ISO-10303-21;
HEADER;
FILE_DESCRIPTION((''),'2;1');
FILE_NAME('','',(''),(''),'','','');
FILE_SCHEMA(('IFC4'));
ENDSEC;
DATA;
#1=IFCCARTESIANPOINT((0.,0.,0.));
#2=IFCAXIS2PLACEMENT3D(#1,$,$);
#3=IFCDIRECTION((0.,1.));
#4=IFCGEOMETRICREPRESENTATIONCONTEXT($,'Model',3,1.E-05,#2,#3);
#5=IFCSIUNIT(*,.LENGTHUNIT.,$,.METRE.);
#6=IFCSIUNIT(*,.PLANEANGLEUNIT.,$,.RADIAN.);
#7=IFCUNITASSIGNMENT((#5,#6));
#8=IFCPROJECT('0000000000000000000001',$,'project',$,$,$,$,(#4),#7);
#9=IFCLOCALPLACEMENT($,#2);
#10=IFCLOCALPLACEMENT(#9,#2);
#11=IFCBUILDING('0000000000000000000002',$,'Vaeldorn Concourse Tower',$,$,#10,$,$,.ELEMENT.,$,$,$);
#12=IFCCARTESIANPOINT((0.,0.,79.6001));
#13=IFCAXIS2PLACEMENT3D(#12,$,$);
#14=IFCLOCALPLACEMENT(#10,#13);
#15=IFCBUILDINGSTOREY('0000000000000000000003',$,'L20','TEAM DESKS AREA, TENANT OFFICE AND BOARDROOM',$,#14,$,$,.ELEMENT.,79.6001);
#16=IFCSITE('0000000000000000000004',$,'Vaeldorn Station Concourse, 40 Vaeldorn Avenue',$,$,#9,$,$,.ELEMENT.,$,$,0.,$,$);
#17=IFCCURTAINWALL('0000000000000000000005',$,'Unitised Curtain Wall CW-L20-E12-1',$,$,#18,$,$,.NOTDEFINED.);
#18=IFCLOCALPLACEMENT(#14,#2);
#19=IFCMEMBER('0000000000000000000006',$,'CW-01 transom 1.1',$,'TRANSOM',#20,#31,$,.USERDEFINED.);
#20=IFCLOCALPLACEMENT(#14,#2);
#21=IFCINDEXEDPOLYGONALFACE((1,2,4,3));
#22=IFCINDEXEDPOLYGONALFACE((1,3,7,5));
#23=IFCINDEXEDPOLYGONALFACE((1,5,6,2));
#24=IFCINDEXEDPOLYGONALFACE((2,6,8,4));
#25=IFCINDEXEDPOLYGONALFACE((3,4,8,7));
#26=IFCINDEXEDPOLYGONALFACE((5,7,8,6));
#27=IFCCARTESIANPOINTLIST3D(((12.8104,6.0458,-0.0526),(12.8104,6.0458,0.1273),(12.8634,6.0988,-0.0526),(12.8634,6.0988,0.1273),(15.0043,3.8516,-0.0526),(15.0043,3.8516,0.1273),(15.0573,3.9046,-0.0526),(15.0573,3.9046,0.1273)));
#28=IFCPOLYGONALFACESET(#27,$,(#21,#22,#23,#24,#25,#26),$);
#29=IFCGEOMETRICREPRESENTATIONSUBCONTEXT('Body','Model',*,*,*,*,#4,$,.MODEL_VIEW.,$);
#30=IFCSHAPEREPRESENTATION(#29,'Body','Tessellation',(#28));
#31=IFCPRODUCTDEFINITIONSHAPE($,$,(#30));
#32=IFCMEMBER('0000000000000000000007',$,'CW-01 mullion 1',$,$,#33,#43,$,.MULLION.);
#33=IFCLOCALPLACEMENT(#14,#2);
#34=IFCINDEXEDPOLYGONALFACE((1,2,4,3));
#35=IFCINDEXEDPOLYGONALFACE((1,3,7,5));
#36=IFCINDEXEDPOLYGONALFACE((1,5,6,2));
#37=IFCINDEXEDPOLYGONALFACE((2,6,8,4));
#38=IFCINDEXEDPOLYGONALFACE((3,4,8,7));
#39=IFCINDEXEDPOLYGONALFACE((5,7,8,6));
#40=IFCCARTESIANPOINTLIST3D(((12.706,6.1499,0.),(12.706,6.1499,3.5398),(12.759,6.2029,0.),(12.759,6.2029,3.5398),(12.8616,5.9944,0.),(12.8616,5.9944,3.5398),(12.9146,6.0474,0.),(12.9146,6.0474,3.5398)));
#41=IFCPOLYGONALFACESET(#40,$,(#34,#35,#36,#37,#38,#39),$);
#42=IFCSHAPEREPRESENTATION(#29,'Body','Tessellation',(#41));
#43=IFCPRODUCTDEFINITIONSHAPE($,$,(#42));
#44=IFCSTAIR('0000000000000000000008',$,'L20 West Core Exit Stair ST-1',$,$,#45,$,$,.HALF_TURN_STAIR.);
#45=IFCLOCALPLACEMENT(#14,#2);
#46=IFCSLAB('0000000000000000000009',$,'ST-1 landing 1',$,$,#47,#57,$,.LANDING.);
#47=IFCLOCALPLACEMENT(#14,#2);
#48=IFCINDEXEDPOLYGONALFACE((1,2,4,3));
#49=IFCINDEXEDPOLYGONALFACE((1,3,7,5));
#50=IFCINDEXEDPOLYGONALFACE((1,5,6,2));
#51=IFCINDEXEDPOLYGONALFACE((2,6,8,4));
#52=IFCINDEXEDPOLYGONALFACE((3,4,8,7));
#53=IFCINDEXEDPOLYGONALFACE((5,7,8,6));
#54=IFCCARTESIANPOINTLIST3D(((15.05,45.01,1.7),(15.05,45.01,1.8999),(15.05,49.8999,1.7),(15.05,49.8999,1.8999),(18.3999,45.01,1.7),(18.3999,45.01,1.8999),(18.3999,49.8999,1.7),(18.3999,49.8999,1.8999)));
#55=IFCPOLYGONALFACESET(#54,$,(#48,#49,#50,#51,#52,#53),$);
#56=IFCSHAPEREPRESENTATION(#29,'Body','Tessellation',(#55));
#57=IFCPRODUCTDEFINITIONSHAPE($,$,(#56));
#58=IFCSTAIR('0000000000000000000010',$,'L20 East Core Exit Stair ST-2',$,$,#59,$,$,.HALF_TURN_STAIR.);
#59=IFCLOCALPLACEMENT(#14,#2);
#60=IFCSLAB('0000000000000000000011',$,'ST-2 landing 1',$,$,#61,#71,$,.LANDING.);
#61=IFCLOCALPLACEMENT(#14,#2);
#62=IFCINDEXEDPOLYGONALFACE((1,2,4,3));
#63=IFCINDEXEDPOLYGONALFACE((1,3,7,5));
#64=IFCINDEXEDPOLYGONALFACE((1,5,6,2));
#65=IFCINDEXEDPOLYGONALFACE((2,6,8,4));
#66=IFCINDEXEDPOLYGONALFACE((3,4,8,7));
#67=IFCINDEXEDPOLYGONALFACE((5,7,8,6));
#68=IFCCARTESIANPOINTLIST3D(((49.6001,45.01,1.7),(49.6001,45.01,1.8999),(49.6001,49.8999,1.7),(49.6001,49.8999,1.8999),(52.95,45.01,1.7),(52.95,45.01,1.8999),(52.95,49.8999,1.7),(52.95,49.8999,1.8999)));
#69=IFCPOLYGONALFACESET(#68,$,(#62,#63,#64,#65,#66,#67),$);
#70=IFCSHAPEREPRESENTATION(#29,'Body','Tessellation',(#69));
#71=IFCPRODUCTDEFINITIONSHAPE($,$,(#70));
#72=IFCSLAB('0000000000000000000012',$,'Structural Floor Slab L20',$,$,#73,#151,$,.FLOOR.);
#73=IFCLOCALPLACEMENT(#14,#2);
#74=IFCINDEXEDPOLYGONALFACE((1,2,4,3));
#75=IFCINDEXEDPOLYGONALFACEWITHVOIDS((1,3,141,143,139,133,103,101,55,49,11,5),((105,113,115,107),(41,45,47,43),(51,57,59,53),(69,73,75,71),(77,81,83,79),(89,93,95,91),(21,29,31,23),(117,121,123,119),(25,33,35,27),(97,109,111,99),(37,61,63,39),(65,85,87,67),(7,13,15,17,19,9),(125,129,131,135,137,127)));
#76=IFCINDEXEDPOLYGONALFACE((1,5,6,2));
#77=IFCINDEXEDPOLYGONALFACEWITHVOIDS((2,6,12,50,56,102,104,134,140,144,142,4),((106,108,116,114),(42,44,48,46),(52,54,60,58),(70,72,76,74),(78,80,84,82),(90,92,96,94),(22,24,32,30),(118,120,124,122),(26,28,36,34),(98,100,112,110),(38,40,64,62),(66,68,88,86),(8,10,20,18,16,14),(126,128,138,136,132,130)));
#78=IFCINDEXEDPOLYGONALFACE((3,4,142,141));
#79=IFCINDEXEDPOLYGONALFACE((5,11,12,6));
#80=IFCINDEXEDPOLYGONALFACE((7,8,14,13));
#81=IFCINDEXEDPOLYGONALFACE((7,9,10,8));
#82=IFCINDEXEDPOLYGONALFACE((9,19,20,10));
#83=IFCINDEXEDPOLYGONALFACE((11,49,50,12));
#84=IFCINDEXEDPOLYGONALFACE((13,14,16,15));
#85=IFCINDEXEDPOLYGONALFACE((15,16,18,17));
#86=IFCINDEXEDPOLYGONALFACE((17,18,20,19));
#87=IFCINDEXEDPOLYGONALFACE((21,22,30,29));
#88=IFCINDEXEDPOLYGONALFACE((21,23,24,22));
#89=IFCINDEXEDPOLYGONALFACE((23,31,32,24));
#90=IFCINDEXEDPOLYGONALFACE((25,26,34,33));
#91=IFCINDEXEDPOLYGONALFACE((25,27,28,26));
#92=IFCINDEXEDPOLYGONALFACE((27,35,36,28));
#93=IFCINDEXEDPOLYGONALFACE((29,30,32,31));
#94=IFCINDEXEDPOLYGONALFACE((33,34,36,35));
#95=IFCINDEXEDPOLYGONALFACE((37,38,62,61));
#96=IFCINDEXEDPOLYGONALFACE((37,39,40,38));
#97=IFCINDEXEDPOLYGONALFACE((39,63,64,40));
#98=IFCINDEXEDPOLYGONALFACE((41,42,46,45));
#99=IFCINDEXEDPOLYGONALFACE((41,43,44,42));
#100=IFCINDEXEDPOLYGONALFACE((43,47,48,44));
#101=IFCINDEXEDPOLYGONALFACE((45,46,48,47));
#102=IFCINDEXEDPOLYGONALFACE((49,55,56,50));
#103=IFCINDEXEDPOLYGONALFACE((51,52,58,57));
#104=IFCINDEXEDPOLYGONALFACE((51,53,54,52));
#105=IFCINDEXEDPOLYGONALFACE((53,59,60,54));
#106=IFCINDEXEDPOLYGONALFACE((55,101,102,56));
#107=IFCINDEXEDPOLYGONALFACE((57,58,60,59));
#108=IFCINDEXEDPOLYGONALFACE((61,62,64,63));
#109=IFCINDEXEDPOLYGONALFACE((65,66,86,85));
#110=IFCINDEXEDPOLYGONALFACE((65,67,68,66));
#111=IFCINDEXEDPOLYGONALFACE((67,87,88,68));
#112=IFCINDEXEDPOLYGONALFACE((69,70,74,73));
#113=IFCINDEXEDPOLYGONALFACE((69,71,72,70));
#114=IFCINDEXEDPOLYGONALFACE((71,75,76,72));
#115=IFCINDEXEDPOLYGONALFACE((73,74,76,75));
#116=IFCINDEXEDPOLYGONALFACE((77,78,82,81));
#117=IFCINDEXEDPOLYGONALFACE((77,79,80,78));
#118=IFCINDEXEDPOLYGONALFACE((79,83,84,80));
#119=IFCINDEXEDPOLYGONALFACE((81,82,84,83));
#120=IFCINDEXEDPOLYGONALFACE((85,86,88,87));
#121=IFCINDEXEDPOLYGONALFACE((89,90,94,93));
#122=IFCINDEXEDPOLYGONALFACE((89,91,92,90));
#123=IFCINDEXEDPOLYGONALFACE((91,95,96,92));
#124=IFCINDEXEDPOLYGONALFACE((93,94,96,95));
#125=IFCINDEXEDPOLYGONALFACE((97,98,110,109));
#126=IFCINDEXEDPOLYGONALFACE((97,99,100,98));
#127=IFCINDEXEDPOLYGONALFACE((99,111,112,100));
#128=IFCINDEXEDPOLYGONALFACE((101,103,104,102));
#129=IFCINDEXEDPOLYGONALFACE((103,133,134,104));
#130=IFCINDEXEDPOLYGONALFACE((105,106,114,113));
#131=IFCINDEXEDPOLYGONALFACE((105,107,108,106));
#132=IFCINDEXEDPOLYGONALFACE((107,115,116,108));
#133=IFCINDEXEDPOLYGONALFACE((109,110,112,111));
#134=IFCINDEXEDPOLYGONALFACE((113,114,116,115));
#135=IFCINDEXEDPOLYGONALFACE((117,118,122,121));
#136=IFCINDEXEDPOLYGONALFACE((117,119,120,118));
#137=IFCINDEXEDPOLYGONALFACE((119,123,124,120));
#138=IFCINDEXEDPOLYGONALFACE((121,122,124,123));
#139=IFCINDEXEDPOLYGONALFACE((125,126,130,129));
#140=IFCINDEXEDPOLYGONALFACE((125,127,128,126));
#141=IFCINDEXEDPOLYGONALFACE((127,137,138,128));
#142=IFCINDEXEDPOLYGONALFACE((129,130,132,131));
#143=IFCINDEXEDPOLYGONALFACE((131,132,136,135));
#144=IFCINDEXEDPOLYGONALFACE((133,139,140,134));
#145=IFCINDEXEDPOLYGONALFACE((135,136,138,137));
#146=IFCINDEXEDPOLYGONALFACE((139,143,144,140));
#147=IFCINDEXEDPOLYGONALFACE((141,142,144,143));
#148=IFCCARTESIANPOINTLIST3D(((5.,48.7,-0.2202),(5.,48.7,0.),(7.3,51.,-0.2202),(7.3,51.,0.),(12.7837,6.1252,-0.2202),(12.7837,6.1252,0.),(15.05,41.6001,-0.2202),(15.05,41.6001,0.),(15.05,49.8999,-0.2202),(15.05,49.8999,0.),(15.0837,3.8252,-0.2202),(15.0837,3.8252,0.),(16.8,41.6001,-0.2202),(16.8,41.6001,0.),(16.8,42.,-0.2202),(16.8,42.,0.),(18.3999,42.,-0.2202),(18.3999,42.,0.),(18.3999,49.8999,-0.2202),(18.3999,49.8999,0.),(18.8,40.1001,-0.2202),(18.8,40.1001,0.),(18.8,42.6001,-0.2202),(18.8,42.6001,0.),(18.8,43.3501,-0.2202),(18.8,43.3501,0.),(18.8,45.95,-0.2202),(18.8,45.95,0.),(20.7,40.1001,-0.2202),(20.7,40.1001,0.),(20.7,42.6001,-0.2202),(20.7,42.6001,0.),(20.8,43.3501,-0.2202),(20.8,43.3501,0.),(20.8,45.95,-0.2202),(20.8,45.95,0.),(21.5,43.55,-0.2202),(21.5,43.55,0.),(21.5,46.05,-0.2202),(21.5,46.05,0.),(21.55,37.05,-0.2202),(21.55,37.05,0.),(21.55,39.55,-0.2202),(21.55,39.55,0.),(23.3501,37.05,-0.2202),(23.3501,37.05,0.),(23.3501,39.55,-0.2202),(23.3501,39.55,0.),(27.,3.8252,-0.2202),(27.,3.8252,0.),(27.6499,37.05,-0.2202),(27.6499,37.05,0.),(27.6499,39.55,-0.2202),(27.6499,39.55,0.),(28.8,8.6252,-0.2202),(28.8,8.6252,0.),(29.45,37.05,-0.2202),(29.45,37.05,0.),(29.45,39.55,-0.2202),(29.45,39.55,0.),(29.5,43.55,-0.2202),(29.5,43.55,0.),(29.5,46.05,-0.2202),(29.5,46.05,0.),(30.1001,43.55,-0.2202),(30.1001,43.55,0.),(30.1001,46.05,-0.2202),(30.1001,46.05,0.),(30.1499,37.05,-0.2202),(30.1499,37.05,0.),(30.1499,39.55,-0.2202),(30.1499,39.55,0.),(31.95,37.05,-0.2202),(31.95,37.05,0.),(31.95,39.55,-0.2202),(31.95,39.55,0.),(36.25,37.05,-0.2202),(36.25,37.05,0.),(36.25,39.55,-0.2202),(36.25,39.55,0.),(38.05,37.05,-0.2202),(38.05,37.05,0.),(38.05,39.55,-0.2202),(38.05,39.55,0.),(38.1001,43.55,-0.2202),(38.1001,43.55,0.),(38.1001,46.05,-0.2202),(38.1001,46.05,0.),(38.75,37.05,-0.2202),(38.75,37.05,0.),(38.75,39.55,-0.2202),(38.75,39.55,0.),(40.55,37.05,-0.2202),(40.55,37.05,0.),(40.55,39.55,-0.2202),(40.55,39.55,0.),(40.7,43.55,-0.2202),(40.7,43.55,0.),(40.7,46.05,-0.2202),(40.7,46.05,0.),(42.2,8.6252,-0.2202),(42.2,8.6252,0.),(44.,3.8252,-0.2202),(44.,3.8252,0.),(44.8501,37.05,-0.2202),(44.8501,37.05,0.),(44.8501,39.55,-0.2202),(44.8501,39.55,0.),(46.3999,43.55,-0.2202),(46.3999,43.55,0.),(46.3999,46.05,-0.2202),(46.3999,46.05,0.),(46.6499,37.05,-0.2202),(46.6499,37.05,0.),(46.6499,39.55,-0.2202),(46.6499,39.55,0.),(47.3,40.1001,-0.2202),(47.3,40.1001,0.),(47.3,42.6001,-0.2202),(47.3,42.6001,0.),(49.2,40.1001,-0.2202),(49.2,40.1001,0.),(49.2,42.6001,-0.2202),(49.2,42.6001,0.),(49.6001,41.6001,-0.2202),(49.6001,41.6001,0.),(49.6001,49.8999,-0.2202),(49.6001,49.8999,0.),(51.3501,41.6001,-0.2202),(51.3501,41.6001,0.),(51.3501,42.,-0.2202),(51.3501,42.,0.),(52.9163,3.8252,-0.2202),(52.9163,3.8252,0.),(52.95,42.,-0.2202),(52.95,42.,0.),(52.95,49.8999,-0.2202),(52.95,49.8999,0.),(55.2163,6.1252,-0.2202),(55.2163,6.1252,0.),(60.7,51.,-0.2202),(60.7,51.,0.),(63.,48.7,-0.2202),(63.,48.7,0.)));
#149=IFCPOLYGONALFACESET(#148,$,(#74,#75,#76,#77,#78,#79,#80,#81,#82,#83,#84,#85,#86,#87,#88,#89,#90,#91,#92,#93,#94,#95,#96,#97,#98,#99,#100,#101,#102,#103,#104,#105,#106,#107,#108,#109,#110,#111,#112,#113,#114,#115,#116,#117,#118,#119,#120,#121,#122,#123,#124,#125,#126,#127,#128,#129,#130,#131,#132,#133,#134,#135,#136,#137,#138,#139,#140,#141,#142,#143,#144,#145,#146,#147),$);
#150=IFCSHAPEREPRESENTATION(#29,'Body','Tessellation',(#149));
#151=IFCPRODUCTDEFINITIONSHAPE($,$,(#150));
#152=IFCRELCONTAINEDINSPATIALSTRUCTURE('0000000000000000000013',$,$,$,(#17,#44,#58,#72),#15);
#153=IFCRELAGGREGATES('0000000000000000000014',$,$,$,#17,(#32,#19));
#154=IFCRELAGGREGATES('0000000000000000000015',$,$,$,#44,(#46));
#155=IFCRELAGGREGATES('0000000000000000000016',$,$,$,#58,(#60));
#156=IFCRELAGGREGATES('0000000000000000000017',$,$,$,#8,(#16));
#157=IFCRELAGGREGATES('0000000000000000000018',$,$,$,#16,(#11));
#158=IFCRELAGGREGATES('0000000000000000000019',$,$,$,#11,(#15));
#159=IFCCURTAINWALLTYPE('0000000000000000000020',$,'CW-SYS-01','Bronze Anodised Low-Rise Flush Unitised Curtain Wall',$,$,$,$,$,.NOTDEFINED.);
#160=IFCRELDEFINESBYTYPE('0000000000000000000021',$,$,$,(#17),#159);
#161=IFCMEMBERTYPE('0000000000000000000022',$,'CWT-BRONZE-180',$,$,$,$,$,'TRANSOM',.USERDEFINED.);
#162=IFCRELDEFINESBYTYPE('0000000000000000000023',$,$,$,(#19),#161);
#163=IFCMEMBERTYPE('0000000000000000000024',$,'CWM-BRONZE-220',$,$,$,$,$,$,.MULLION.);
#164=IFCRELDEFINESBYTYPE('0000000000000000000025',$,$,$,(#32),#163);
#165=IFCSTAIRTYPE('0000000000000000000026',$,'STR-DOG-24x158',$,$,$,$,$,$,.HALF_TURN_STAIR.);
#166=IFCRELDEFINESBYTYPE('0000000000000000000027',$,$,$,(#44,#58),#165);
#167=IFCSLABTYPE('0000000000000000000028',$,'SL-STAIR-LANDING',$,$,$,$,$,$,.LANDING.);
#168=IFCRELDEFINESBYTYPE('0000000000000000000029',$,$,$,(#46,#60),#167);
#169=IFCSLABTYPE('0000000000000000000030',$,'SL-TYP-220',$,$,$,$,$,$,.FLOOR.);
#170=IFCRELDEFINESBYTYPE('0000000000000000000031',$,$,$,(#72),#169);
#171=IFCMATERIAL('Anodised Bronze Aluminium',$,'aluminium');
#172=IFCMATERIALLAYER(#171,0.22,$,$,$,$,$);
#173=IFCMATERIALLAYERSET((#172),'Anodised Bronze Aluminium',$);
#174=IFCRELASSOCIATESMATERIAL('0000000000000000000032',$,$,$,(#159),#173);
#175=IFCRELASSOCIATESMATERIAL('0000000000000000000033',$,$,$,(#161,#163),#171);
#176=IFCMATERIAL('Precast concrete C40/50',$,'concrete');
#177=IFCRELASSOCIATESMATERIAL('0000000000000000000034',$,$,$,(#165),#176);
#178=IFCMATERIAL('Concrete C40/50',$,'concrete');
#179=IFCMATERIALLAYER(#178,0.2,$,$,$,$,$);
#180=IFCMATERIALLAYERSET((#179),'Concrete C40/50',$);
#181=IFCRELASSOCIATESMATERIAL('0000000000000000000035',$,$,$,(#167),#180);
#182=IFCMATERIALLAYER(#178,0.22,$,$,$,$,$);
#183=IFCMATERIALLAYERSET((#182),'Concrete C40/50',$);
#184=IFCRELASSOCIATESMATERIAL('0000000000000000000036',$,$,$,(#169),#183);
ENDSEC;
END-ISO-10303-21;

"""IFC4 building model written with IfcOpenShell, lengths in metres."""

from ifc_helpers import new_model, si_unit, direction, frame, origin, origin_2d, place, context, subcontext, project, spatial, polyline, rectangle, outline, extrude, source, transform, mapped, material, layer, layer_set, material_profile, profile_set, type_object, element, aggregate, save


model = new_model("IFC4")

# Units and contexts
model_context = context("Model", 3, precision=1e-05, world=origin(), true_north=direction((0.0, 1.0)))
body_context = subcontext(model_context, "Body", "Model", "MODEL_VIEW")
ifc_project = project(units=[si_unit("LENGTHUNIT", "METRE"), si_unit("PLANEANGLEUNIT", "RADIAN")], contexts=[model_context])

# Site, building, storey
site_placement = place(None, origin())
site = spatial("IfcSite", under=ifc_project, at=site_placement, Name="Vaeldorn Station Concourse, 40 Vaeldorn Avenue", CompositionType="ELEMENT", RefElevation=0.0)
building_placement = place(site_placement, origin())
building = spatial("IfcBuilding", under=site, at=building_placement, Name="Vaeldorn Concourse Tower", CompositionType="ELEMENT")
storey_placement = place(building_placement, frame((0.0, 0.0, 79.6001)))
storey = spatial("IfcBuildingStorey", under=building, at=storey_placement, Name="L20", Description="TEAM DESKS AREA, TENANT OFFICE AND BOARDROOM", CompositionType="ELEMENT", Elevation=79.6001)

# Curtain wall, members
ifc_material_1 = material(Name="Anodised Bronze Aluminium", Category="aluminium")
ifc_layer_1 = layer(ifc_material_1, 0.22)
ifc_layer_set_1 = layer_set([ifc_layer_1], Name="Anodised Bronze Aluminium")
curtain_wall_type = type_object("IfcCurtainWallType", Name="CW-SYS-01", Description="Bronze Anodised Low-Rise Flush Unitised Curtain Wall", PredefinedType="NOTDEFINED", material=ifc_layer_set_1)
curtain_wall_placement = place(storey_placement, origin())
curtain_wall = element("IfcCurtainWall", 1, at=curtain_wall_placement, inside=storey, type_object=curtain_wall_type, Name="Unitised Curtain Wall CW-L20-E12-1", PredefinedType="NOTDEFINED")
ifc_material_profile_1 = material_profile(ifc_material_1, rectangle(XDim=0.075, YDim=0.1799, at=origin_2d()), Name="CWT 75x180")
ifc_profile_set_1 = profile_set([ifc_material_profile_1], Name="Anodised Bronze Aluminium")
member_type_1 = type_object("IfcMemberType", Name="CWT-BRONZE-180", ElementType="TRANSOM", PredefinedType="USERDEFINED", material=ifc_profile_set_1)
shared_shape_1 = source(origin(), body_context, "Body", "SweptSolid", [
    extrude(rectangle(XDim=0.075, YDim=0.1799, at=origin_2d()), origin(), (0.0, 0.0, 1.0), 3.1028),
])
member_1_placement = place(storey_placement, frame((12.8369, 6.0723, 0.0374), z_axis=(0.707067, -0.707146, 0.0), x_axis=(0.707146, 0.707067, 0.0)))
member_1 = element("IfcMember", 2, at=member_1_placement, type_object=member_type_1, Name="CW-01 transom 1.1", ObjectType="TRANSOM", PredefinedType="USERDEFINED", context=body_context, shape_type="MappedRepresentation", body=[
    mapped(shared_shape_1, transform((0.0, 0.0, 0.0), scale=1.0)),
])
ifc_material_profile_2 = material_profile(ifc_material_1, rectangle(XDim=0.075, YDim=0.22, at=origin_2d()), Name="CWM 75x220")
ifc_profile_set_2 = profile_set([ifc_material_profile_2], Name="Anodised Bronze Aluminium")
member_type_2 = type_object("IfcMemberType", Name="CWM-BRONZE-220", PredefinedType="MULLION", material=ifc_profile_set_2)
shared_shape_2 = source(origin(), body_context, "Body", "SweptSolid", [
    extrude(rectangle(XDim=0.075, YDim=0.22, at=origin_2d()), origin(), (0.0, 0.0, 1.0), 3.5398),
])
member_2_placement = place(storey_placement, frame((12.8103, 6.0986, 0.0), z_axis=(0.0, 0.0, 1.0), x_axis=(0.707107, 0.707107, 0.0)))
member_2 = element("IfcMember", 3, at=member_2_placement, type_object=member_type_2, Name="CW-01 mullion 1", PredefinedType="MULLION", context=body_context, shape_type="MappedRepresentation", body=[
    mapped(shared_shape_2, transform((0.0, 0.0, 0.0), scale=1.0)),
])
aggregate(curtain_wall, [member_2, member_1])

# Stairs, slabs
ifc_material_2 = material(Name="Precast concrete C40/50", Category="concrete")
stair_type = type_object("IfcStairType", Name="STR-DOG-24x158", PredefinedType="HALF_TURN_STAIR", material=ifc_material_2)
stair_1_placement = place(storey_placement, origin())
stair_1 = element("IfcStair", 4, at=stair_1_placement, inside=storey, type_object=stair_type, Name="L20 West Core Exit Stair ST-1", PredefinedType="HALF_TURN_STAIR")
ifc_material_3 = material(Name="Concrete C40/50", Category="concrete")
ifc_layer_2 = layer(ifc_material_3, 0.2)
ifc_layer_set_2 = layer_set([ifc_layer_2], Name="Concrete C40/50")
slab_type_1 = type_object("IfcSlabType", Name="SL-STAIR-LANDING", PredefinedType="LANDING", material=ifc_layer_set_2)
slab_1_placement = place(storey_placement, frame((0.0, 0.0, 1.7)))
slab_1 = element("IfcSlab", 5, at=slab_1_placement, type_object=slab_type_1, Name="ST-1 landing 1", PredefinedType="LANDING", context=body_context, shape_type="SweptSolid", body=[
    extrude(outline(polyline([(18.3999, 45.01), (18.3999, 49.8999), (15.05, 49.8999), (15.05, 45.01), (18.3999, 45.01)])), origin(), (0.0, 0.0, 1.0), 0.2),
])
aggregate(stair_1, [slab_1])
stair_2_placement = place(storey_placement, origin())
stair_2 = element("IfcStair", 6, at=stair_2_placement, inside=storey, type_object=stair_type, Name="L20 East Core Exit Stair ST-2", PredefinedType="HALF_TURN_STAIR")
slab_2_placement = place(storey_placement, frame((0.0, 0.0, 1.7)))
slab_2 = element("IfcSlab", 7, at=slab_2_placement, type_object=slab_type_1, Name="ST-2 landing 1", PredefinedType="LANDING", context=body_context, shape_type="SweptSolid", body=[
    extrude(outline(polyline([(52.95, 45.01), (52.95, 49.8999), (49.6001, 49.8999), (49.6001, 45.01), (52.95, 45.01)])), origin(), (0.0, 0.0, 1.0), 0.2),
])
aggregate(stair_2, [slab_2])

# Slab
ifc_layer_3 = layer(ifc_material_3, 0.22)
ifc_layer_set_3 = layer_set([ifc_layer_3], Name="Concrete C40/50")
slab_type_2 = type_object("IfcSlabType", Name="SL-TYP-220", PredefinedType="FLOOR", material=ifc_layer_set_3)
slab_3_placement = place(storey_placement, frame((0.0, 0.0, -0.2202)))
element("IfcSlab", 8, at=slab_3_placement, inside=storey, type_object=slab_type_2, Name="Structural Floor Slab L20", PredefinedType="FLOOR", context=body_context, shape_type="SweptSolid", body=[
    extrude(outline(polyline([(15.0837, 3.8252), (27.0, 3.8252), (28.8, 8.6252), (42.2, 8.6252), (44.0, 3.8252), (52.9163, 3.8252), (55.2163, 6.1252), (63.0, 48.7), (60.7, 51.0), (7.3, 51.0), (5.0, 48.7), (12.7837, 6.1252), (15.0837, 3.8252)]), holes=[polyline([(18.3999, 42.0), (18.3999, 49.8999), (15.05, 49.8999), (15.05, 41.6001), (16.8, 41.6001), (16.8, 42.0), (18.3999, 42.0)]), polyline([(52.95, 42.0), (52.95, 49.8999), (49.6001, 49.8999), (49.6001, 41.6001), (51.3501, 41.6001), (51.3501, 42.0), (52.95, 42.0)]), polyline([(21.55, 37.05), (23.3501, 37.05), (23.3501, 39.55), (21.55, 39.55), (21.55, 37.05)]), polyline([(27.6499, 37.05), (29.45, 37.05), (29.45, 39.55), (27.6499, 39.55), (27.6499, 37.05)]), polyline([(21.5, 43.55), (29.5, 43.55), (29.5, 46.05), (21.5, 46.05), (21.5, 43.55)]), polyline([(30.1499, 37.05), (31.95, 37.05), (31.95, 39.55), (30.1499, 39.55), (30.1499, 37.05)]), polyline([(36.25, 37.05), (38.05, 37.05), (38.05, 39.55), (36.25, 39.55), (36.25, 37.05)]), polyline([(30.1001, 43.55), (38.1001, 43.55), (38.1001, 46.05), (30.1001, 46.05), (30.1001, 43.55)]), polyline([(38.75, 37.05), (40.55, 37.05), (40.55, 39.55), (38.75, 39.55), (38.75, 37.05)]), polyline([(44.8501, 37.05), (46.6499, 37.05), (46.6499, 39.55), (44.8501, 39.55), (44.8501, 37.05)]), polyline([(40.7, 43.55), (46.3999, 43.55), (46.3999, 46.05), (40.7, 46.05), (40.7, 43.55)]), polyline([(18.8, 43.3501), (20.8, 43.3501), (20.8, 45.95), (18.8, 45.95), (18.8, 43.3501)]), polyline([(18.8, 40.1001), (20.7, 40.1001), (20.7, 42.6001), (18.8, 42.6001), (18.8, 40.1001)]), polyline([(47.3, 40.1001), (49.2, 40.1001), (49.2, 42.6001), (47.3, 42.6001), (47.3, 40.1001)])]), origin(), (0.0, 0.0, 1.0), 0.2202),
])

save(model, "model.ifc")
